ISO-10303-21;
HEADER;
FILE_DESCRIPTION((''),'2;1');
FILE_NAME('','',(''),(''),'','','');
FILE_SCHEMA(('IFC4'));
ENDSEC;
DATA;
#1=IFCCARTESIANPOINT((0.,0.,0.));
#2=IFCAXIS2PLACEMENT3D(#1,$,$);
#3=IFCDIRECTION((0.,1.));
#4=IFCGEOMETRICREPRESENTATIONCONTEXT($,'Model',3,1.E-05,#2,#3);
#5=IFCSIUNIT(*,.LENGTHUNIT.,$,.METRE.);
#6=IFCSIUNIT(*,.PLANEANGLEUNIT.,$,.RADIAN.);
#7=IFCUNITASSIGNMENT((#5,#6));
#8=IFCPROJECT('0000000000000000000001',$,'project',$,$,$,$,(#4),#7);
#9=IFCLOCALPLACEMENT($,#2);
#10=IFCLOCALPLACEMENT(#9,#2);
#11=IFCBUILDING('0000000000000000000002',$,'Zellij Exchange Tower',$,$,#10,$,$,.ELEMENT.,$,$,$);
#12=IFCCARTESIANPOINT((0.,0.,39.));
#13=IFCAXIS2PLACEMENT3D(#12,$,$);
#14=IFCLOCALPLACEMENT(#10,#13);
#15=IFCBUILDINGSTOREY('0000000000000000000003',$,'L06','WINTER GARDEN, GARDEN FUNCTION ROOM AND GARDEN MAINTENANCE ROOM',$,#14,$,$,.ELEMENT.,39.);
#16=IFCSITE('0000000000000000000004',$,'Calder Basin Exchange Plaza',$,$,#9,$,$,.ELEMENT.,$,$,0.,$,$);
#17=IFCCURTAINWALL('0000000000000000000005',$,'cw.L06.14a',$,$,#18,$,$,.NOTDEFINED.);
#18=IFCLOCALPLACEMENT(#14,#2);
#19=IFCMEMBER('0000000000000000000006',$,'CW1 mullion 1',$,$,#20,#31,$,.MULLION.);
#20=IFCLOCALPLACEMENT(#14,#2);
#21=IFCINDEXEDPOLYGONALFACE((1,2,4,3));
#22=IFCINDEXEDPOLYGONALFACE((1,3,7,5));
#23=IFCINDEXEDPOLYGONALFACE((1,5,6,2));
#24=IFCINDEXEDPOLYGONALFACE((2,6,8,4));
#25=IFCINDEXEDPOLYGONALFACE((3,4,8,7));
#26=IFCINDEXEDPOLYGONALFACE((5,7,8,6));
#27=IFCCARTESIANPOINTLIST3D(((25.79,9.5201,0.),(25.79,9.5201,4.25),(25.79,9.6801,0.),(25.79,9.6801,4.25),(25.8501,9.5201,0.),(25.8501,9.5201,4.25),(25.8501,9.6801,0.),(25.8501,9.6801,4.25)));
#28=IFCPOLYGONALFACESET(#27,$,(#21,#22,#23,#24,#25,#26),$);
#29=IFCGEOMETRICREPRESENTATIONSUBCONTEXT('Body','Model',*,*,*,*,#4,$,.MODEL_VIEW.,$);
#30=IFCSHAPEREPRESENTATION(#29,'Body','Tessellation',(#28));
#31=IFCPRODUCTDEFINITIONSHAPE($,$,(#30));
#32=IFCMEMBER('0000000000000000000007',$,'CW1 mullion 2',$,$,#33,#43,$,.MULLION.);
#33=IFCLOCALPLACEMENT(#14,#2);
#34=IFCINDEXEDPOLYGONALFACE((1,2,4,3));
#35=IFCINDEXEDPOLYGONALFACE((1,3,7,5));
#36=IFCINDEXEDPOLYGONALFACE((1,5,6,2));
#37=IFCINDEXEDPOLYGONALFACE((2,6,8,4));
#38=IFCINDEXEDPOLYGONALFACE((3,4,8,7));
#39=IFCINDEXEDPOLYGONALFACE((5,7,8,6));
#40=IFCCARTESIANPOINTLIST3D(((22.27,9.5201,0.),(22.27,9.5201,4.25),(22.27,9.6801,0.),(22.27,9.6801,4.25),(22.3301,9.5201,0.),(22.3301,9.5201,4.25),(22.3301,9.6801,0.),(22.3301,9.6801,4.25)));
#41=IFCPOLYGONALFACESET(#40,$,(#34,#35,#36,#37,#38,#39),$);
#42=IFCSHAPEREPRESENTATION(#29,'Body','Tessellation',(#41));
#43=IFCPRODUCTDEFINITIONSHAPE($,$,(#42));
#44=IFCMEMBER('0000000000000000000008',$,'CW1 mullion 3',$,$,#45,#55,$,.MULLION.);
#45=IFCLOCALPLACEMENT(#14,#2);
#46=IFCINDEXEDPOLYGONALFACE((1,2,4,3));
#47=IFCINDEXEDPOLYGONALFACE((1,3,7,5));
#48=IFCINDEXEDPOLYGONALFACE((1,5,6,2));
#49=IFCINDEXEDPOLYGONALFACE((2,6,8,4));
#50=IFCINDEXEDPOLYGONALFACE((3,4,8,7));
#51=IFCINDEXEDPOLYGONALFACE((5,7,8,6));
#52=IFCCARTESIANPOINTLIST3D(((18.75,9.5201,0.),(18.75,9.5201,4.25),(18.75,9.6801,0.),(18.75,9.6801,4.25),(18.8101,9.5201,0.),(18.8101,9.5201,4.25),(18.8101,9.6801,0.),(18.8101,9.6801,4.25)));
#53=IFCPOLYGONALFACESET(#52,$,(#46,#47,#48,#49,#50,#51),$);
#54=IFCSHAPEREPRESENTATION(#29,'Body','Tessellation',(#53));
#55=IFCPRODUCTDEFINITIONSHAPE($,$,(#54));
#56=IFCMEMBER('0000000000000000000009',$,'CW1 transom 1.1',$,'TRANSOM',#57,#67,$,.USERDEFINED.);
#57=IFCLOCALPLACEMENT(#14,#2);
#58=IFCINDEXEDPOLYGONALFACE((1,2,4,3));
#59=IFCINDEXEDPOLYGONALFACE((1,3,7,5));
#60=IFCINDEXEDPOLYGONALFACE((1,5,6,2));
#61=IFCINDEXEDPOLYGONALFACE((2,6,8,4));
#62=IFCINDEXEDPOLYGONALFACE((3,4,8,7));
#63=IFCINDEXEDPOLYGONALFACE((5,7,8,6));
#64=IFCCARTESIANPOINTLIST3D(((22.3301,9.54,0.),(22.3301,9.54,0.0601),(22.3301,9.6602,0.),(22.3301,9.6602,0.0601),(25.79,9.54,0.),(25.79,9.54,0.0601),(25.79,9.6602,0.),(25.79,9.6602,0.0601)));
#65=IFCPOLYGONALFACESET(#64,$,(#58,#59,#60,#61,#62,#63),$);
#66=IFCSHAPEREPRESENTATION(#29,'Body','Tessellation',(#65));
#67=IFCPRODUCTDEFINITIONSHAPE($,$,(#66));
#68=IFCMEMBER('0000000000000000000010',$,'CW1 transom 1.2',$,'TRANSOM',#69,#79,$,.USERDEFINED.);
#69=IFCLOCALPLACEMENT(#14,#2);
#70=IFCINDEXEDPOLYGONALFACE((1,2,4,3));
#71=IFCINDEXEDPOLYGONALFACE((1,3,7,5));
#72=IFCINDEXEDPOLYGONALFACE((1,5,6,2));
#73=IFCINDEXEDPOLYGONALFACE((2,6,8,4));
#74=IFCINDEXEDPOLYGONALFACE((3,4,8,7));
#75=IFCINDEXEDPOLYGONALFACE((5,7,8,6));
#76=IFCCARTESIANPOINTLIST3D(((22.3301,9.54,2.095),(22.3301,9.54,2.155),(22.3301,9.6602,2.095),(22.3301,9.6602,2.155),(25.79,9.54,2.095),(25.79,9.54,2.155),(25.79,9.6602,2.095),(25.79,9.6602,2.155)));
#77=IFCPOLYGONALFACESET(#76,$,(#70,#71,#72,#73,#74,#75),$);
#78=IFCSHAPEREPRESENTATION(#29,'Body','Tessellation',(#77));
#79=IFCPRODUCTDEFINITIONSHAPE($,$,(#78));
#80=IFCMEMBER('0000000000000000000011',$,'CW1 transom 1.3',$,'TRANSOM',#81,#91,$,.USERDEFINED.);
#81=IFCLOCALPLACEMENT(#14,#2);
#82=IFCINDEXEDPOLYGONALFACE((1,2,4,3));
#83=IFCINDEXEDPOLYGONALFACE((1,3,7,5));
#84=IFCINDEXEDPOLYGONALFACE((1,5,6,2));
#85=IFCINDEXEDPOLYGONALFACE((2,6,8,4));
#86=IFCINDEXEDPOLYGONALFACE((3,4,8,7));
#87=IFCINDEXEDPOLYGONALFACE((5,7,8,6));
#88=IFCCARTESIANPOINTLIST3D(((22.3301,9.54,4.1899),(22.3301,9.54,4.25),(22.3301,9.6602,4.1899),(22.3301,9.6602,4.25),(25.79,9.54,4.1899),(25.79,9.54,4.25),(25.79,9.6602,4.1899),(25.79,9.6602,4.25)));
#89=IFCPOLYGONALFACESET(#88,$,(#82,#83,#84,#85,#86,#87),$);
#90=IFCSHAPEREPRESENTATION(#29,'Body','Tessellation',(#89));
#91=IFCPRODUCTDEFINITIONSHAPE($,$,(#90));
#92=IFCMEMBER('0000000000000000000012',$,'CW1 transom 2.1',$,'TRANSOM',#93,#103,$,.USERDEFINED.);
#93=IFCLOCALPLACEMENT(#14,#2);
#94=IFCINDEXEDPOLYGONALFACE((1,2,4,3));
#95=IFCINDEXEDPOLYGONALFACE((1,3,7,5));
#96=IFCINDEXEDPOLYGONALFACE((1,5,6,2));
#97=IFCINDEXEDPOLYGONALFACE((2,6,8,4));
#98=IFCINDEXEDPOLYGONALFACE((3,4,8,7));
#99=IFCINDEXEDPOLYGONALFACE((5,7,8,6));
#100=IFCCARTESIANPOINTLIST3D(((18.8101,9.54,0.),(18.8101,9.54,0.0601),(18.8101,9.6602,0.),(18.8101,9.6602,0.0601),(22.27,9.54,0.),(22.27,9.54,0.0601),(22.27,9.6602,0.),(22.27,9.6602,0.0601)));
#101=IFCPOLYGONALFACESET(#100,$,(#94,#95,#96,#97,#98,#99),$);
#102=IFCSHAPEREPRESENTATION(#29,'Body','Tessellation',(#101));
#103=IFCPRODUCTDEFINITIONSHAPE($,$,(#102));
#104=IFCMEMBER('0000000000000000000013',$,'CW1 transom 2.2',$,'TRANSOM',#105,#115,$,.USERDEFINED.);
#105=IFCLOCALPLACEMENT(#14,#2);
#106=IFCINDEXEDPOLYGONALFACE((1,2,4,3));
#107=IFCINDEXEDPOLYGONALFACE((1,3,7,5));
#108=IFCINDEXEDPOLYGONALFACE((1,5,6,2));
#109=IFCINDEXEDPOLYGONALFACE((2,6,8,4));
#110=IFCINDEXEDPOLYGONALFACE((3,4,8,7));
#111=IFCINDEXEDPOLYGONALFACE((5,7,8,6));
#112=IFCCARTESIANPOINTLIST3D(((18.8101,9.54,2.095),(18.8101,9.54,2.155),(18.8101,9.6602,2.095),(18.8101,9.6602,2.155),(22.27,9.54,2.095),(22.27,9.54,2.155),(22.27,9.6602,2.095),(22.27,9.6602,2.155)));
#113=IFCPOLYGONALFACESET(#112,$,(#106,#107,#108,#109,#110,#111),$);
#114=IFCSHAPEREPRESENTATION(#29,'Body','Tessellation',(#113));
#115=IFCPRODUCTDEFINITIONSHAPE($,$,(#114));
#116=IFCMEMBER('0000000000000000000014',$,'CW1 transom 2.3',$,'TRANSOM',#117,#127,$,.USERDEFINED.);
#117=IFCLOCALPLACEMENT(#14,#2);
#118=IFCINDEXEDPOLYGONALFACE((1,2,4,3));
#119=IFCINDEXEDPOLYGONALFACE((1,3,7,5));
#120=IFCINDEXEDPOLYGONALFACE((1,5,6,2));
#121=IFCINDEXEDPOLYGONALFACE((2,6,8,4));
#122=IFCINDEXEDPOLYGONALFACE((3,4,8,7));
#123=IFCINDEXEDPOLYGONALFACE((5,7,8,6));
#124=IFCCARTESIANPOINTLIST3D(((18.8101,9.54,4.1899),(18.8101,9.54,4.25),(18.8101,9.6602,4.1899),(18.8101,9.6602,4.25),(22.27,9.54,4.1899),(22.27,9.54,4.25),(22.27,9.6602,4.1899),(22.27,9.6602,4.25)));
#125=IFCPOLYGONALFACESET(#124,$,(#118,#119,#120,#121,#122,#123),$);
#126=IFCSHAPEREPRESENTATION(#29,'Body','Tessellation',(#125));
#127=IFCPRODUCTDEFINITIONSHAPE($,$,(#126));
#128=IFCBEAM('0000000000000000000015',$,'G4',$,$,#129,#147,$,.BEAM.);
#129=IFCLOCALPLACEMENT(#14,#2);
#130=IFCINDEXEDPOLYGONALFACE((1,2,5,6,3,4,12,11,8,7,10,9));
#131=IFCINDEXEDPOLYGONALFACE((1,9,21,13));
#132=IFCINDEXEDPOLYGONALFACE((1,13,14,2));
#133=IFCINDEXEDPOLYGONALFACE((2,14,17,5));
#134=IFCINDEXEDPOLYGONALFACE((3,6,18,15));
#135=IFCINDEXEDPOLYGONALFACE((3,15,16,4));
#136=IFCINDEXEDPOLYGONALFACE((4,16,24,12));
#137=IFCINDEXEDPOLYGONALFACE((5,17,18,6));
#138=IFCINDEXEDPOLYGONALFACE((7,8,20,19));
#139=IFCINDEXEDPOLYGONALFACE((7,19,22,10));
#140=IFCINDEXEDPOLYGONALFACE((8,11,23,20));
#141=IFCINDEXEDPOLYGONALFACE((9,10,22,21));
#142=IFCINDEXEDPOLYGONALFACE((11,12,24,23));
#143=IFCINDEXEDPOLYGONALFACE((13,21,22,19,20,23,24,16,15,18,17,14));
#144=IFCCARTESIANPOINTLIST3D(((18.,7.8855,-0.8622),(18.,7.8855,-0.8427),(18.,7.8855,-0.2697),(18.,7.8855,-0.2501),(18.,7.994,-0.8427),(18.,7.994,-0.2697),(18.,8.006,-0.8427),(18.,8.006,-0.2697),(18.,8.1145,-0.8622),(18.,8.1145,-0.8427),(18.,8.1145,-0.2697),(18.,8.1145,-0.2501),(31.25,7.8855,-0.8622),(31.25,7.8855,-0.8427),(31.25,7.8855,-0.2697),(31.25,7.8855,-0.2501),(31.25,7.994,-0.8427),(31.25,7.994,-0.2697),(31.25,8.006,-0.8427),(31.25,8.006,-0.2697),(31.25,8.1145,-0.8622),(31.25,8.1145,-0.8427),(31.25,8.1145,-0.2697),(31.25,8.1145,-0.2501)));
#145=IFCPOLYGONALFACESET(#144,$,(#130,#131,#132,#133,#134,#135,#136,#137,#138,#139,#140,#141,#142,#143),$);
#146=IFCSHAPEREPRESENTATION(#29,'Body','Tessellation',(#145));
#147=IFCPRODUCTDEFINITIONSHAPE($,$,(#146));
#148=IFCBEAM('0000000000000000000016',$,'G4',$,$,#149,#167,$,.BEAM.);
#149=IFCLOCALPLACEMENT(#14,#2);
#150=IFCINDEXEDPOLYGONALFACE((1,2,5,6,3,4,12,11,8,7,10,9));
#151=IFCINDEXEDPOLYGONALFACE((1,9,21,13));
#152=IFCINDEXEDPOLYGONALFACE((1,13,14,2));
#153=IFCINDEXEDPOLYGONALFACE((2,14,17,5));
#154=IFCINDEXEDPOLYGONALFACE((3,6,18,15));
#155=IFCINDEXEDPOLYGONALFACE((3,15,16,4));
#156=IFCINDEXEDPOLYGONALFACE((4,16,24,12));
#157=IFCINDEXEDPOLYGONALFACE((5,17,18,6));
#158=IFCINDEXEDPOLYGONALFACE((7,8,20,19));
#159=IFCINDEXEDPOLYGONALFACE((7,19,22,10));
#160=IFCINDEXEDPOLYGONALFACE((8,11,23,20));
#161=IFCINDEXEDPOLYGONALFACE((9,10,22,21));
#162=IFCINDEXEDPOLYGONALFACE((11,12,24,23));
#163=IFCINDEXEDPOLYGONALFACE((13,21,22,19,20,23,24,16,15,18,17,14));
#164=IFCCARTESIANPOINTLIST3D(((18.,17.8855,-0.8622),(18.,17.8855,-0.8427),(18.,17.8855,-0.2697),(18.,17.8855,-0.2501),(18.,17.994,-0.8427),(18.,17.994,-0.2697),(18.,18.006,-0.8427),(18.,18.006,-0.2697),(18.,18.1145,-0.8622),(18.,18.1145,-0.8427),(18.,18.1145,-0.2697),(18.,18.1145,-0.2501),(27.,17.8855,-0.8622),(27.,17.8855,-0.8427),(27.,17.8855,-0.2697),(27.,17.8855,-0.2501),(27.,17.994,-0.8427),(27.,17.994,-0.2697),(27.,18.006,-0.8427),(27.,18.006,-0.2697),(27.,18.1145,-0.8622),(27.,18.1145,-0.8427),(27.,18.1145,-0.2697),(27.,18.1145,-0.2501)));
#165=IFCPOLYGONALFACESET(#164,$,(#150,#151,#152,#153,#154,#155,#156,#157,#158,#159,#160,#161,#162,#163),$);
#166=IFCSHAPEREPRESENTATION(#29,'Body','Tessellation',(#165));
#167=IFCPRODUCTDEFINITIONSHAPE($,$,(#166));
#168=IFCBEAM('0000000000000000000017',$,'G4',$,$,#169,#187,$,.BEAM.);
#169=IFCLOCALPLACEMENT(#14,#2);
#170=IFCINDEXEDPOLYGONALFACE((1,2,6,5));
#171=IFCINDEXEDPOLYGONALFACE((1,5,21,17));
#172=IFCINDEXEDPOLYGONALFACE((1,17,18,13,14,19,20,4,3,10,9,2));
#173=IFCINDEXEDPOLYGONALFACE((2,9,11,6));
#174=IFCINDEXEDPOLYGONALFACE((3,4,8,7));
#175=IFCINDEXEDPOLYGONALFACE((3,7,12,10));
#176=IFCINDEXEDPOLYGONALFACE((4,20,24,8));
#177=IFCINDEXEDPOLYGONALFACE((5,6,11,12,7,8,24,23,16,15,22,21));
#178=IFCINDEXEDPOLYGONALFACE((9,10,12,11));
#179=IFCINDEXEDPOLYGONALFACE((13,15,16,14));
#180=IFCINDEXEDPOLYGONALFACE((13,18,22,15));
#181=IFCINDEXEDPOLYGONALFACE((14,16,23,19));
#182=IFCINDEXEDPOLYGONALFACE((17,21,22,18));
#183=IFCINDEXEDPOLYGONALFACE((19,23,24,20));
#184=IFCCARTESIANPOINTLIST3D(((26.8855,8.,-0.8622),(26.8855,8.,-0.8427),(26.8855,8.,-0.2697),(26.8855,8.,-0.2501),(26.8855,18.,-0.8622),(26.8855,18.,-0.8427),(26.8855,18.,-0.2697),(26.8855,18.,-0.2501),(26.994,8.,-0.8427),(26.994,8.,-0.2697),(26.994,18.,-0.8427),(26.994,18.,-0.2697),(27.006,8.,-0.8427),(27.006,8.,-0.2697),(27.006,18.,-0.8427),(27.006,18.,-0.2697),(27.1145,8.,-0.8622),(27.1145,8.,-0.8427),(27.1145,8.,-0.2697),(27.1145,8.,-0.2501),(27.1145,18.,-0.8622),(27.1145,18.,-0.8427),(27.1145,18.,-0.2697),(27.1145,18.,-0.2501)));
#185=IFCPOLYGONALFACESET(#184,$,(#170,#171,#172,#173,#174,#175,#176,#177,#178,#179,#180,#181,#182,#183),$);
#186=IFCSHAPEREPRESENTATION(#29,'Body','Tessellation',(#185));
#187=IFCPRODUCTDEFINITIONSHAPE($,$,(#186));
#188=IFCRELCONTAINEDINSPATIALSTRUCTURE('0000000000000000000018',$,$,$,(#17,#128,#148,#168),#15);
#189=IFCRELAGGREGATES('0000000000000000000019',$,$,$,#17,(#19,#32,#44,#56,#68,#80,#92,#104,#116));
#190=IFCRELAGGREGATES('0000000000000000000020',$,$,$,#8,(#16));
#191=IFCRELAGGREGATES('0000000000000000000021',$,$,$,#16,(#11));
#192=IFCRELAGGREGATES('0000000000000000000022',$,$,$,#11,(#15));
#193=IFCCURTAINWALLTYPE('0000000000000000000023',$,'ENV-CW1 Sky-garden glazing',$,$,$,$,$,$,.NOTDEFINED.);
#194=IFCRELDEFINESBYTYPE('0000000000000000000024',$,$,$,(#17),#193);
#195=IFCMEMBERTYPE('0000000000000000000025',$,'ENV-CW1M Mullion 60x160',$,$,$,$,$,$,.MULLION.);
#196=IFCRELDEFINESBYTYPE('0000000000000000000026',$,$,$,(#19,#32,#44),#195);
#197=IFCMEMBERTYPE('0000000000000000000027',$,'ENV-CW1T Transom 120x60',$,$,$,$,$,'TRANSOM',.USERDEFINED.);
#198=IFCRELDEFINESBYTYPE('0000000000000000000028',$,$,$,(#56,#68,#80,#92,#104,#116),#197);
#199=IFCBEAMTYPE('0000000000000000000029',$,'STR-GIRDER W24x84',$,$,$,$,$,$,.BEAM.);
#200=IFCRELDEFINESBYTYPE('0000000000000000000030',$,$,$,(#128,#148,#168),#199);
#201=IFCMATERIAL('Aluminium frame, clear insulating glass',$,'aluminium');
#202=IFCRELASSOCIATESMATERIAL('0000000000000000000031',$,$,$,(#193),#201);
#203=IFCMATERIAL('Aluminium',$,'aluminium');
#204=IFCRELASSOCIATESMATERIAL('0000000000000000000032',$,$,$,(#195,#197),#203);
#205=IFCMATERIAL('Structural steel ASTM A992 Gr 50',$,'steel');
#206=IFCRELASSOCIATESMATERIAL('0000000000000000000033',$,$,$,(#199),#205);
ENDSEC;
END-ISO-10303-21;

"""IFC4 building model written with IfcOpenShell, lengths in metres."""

from ifc_helpers import new_model, si_unit, direction, frame, origin, origin_2d, place, context, subcontext, project, spatial, rectangle, i_section, extrude, material, material_profile, profile_set, type_object, element, aggregate, save


model = new_model("IFC4")

# Units and contexts
model_context = context("Model", 3, precision=1e-05, world=origin(), true_north=direction((0.0, 1.0)))
body_context = subcontext(model_context, "Body", "Model", "MODEL_VIEW")
ifc_project = project(units=[si_unit("LENGTHUNIT", "METRE"), si_unit("PLANEANGLEUNIT", "RADIAN")], contexts=[model_context])

# Site, building, storey
site_placement = place(None, origin())
site = spatial("IfcSite", under=ifc_project, at=site_placement, Name="Calder Basin Exchange Plaza", CompositionType="ELEMENT", RefElevation=0.0)
building_placement = place(site_placement, origin())
building = spatial("IfcBuilding", under=site, at=building_placement, Name="Zellij Exchange Tower", CompositionType="ELEMENT")
storey_placement = place(building_placement, frame((0.0, 0.0, 39.0)))
storey = spatial("IfcBuildingStorey", under=building, at=storey_placement, Name="L06", Description="WINTER GARDEN, GARDEN FUNCTION ROOM AND GARDEN MAINTENANCE ROOM", CompositionType="ELEMENT", Elevation=39.0)

# Curtain wall, members
ifc_material_1 = material(Name="Aluminium frame, clear insulating glass", Category="aluminium")
curtain_wall_type = type_object("IfcCurtainWallType", Name="ENV-CW1 Sky-garden glazing", PredefinedType="NOTDEFINED", material=ifc_material_1)
curtain_wall_placement = place(storey_placement, origin())
curtain_wall = element("IfcCurtainWall", 1, at=curtain_wall_placement, inside=storey, type_object=curtain_wall_type, Name="cw.L06.14a", PredefinedType="NOTDEFINED")
ifc_material_2 = material(Name="Aluminium", Category="aluminium")
ifc_material_profile_1 = material_profile(ifc_material_2, rectangle(XDim=0.0601, YDim=0.1599, at=origin_2d()), Name="AL 60x160")
ifc_profile_set_1 = profile_set([ifc_material_profile_1], Name="Aluminium")
member_type_1 = type_object("IfcMemberType", Name="ENV-CW1M Mullion 60x160", PredefinedType="MULLION", material=ifc_profile_set_1)
member_1_placement = place(storey_placement, frame((25.8201, 9.6001, 0.0), z_axis=(0.0, 0.0, 1.0), x_axis=(-1.0, 0.0, 0.0)))
member_1 = element("IfcMember", 2, at=member_1_placement, type_object=member_type_1, Name="CW1 mullion 1", PredefinedType="MULLION", context=body_context, shape_type="SweptSolid", body=[
    extrude(rectangle(XDim=0.0601, YDim=0.1599, at=origin_2d()), origin(), (0.0, 0.0, 1.0), 4.25),
])
member_2_placement = place(storey_placement, frame((22.3, 9.6001, 0.0), z_axis=(0.0, 0.0, 1.0), x_axis=(-1.0, 0.0, 0.0)))
member_2 = element("IfcMember", 3, at=member_2_placement, type_object=member_type_1, Name="CW1 mullion 2", PredefinedType="MULLION", context=body_context, shape_type="SweptSolid", body=[
    extrude(rectangle(XDim=0.0601, YDim=0.1599, at=origin_2d()), origin(), (0.0, 0.0, 1.0), 4.25),
])
member_3_placement = place(storey_placement, frame((18.78, 9.6001, 0.0), z_axis=(0.0, 0.0, 1.0), x_axis=(-1.0, 0.0, 0.0)))
member_3 = element("IfcMember", 4, at=member_3_placement, type_object=member_type_1, Name="CW1 mullion 3", PredefinedType="MULLION", context=body_context, shape_type="SweptSolid", body=[
    extrude(rectangle(XDim=0.0601, YDim=0.1599, at=origin_2d()), origin(), (0.0, 0.0, 1.0), 4.25),
])
ifc_material_profile_2 = material_profile(ifc_material_2, rectangle(XDim=0.1201, YDim=0.0601, at=origin_2d()), Name="AL 120x60")
ifc_profile_set_2 = profile_set([ifc_material_profile_2], Name="Aluminium")
member_type_2 = type_object("IfcMemberType", Name="ENV-CW1T Transom 120x60", ElementType="TRANSOM", PredefinedType="USERDEFINED", material=ifc_profile_set_2)
member_4_placement = place(storey_placement, frame((25.79, 9.6001, 0.03), z_axis=(-1.0, 0.0, 0.0), x_axis=(0.0, -1.0, 0.0)))
member_4 = element("IfcMember", 5, at=member_4_placement, type_object=member_type_2, Name="CW1 transom 1.1", ObjectType="TRANSOM", PredefinedType="USERDEFINED", context=body_context, shape_type="SweptSolid", body=[
    extrude(rectangle(XDim=0.1201, YDim=0.0601, at=origin_2d()), origin(), (0.0, 0.0, 1.0), 3.46),
])
member_5_placement = place(storey_placement, frame((25.79, 9.6001, 2.125), z_axis=(-1.0, 0.0, 0.0), x_axis=(0.0, -1.0, 0.0)))
member_5 = element("IfcMember", 6, at=member_5_placement, type_object=member_type_2, Name="CW1 transom 1.2", ObjectType="TRANSOM", PredefinedType="USERDEFINED", context=body_context, shape_type="SweptSolid", body=[
    extrude(rectangle(XDim=0.1201, YDim=0.0601, at=origin_2d()), origin(), (0.0, 0.0, 1.0), 3.46),
])
member_6_placement = place(storey_placement, frame((25.79, 9.6001, 4.22), z_axis=(-1.0, 0.0, 0.0), x_axis=(0.0, -1.0, 0.0)))
member_6 = element("IfcMember", 7, at=member_6_placement, type_object=member_type_2, Name="CW1 transom 1.3", ObjectType="TRANSOM", PredefinedType="USERDEFINED", context=body_context, shape_type="SweptSolid", body=[
    extrude(rectangle(XDim=0.1201, YDim=0.0601, at=origin_2d()), origin(), (0.0, 0.0, 1.0), 3.46),
])
member_7_placement = place(storey_placement, frame((22.27, 9.6001, 0.03), z_axis=(-1.0, 0.0, 0.0), x_axis=(0.0, -1.0, 0.0)))
member_7 = element("IfcMember", 8, at=member_7_placement, type_object=member_type_2, Name="CW1 transom 2.1", ObjectType="TRANSOM", PredefinedType="USERDEFINED", context=body_context, shape_type="SweptSolid", body=[
    extrude(rectangle(XDim=0.1201, YDim=0.0601, at=origin_2d()), origin(), (0.0, 0.0, 1.0), 3.46),
])
member_8_placement = place(storey_placement, frame((22.27, 9.6001, 2.125), z_axis=(-1.0, 0.0, 0.0), x_axis=(0.0, -1.0, 0.0)))
member_8 = element("IfcMember", 9, at=member_8_placement, type_object=member_type_2, Name="CW1 transom 2.2", ObjectType="TRANSOM", PredefinedType="USERDEFINED", context=body_context, shape_type="SweptSolid", body=[
    extrude(rectangle(XDim=0.1201, YDim=0.0601, at=origin_2d()), origin(), (0.0, 0.0, 1.0), 3.46),
])
member_9_placement = place(storey_placement, frame((22.27, 9.6001, 4.22), z_axis=(-1.0, 0.0, 0.0), x_axis=(0.0, -1.0, 0.0)))
member_9 = element("IfcMember", 10, at=member_9_placement, type_object=member_type_2, Name="CW1 transom 2.3", ObjectType="TRANSOM", PredefinedType="USERDEFINED", context=body_context, shape_type="SweptSolid", body=[
    extrude(rectangle(XDim=0.1201, YDim=0.0601, at=origin_2d()), origin(), (0.0, 0.0, 1.0), 3.46),
])

# Beams
ifc_material_3 = material(Name="Structural steel ASTM A992 Gr 50", Category="steel")
ifc_material_profile_3 = material_profile(ifc_material_3, i_section(OverallWidth=0.229, OverallDepth=0.6121, WebThickness=0.012, FlangeThickness=0.0195, at=origin_2d()), Name="W24x84")
ifc_profile_set_3 = profile_set([ifc_material_profile_3], Name="Structural steel ASTM A992 Gr 50")
beam_type_1 = type_object("IfcBeamType", Name="STR-GIRDER W24x84", PredefinedType="BEAM", material=ifc_profile_set_3)
beam_1_placement = place(storey_placement, frame((18.0, 8.0, -0.5562), z_axis=(1.0, 0.0, 0.0), x_axis=(0.0, 1.0, 0.0)))
element("IfcBeam", 11, at=beam_1_placement, inside=storey, type_object=beam_type_1, Name="G4", PredefinedType="BEAM", context=body_context, shape_type="SweptSolid", body=[
    extrude(i_section(OverallWidth=0.229, OverallDepth=0.6121, WebThickness=0.012, FlangeThickness=0.0195, at=origin_2d()), origin(), (0.0, 0.0, 1.0), 13.25),
])
beam_2_placement = place(storey_placement, frame((18.0, 18.0, -0.5562), z_axis=(1.0, 0.0, 0.0), x_axis=(0.0, 1.0, 0.0)))
element("IfcBeam", 12, at=beam_2_placement, inside=storey, type_object=beam_type_1, Name="G4", PredefinedType="BEAM", context=body_context, shape_type="SweptSolid", body=[
    extrude(i_section(OverallWidth=0.229, OverallDepth=0.6121, WebThickness=0.012, FlangeThickness=0.0195, at=origin_2d()), origin(), (0.0, 0.0, 1.0), 9.0),
])
beam_3_placement = place(storey_placement, frame((27.0, 8.0, -0.5562), z_axis=(0.0, 1.0, 0.0), x_axis=(-1.0, 0.0, 0.0)))
element("IfcBeam", 13, at=beam_3_placement, inside=storey, type_object=beam_type_1, Name="G4", PredefinedType="BEAM", context=body_context, shape_type="SweptSolid", body=[
    extrude(i_section(OverallWidth=0.229, OverallDepth=0.6121, WebThickness=0.012, FlangeThickness=0.0195, at=origin_2d()), origin(), (0.0, 0.0, 1.0), 10.0),
])

aggregate(curtain_wall, [member_1, member_2, member_3, member_4, member_5, member_6, member_7, member_8, member_9])

save(model, "model.ifc")
